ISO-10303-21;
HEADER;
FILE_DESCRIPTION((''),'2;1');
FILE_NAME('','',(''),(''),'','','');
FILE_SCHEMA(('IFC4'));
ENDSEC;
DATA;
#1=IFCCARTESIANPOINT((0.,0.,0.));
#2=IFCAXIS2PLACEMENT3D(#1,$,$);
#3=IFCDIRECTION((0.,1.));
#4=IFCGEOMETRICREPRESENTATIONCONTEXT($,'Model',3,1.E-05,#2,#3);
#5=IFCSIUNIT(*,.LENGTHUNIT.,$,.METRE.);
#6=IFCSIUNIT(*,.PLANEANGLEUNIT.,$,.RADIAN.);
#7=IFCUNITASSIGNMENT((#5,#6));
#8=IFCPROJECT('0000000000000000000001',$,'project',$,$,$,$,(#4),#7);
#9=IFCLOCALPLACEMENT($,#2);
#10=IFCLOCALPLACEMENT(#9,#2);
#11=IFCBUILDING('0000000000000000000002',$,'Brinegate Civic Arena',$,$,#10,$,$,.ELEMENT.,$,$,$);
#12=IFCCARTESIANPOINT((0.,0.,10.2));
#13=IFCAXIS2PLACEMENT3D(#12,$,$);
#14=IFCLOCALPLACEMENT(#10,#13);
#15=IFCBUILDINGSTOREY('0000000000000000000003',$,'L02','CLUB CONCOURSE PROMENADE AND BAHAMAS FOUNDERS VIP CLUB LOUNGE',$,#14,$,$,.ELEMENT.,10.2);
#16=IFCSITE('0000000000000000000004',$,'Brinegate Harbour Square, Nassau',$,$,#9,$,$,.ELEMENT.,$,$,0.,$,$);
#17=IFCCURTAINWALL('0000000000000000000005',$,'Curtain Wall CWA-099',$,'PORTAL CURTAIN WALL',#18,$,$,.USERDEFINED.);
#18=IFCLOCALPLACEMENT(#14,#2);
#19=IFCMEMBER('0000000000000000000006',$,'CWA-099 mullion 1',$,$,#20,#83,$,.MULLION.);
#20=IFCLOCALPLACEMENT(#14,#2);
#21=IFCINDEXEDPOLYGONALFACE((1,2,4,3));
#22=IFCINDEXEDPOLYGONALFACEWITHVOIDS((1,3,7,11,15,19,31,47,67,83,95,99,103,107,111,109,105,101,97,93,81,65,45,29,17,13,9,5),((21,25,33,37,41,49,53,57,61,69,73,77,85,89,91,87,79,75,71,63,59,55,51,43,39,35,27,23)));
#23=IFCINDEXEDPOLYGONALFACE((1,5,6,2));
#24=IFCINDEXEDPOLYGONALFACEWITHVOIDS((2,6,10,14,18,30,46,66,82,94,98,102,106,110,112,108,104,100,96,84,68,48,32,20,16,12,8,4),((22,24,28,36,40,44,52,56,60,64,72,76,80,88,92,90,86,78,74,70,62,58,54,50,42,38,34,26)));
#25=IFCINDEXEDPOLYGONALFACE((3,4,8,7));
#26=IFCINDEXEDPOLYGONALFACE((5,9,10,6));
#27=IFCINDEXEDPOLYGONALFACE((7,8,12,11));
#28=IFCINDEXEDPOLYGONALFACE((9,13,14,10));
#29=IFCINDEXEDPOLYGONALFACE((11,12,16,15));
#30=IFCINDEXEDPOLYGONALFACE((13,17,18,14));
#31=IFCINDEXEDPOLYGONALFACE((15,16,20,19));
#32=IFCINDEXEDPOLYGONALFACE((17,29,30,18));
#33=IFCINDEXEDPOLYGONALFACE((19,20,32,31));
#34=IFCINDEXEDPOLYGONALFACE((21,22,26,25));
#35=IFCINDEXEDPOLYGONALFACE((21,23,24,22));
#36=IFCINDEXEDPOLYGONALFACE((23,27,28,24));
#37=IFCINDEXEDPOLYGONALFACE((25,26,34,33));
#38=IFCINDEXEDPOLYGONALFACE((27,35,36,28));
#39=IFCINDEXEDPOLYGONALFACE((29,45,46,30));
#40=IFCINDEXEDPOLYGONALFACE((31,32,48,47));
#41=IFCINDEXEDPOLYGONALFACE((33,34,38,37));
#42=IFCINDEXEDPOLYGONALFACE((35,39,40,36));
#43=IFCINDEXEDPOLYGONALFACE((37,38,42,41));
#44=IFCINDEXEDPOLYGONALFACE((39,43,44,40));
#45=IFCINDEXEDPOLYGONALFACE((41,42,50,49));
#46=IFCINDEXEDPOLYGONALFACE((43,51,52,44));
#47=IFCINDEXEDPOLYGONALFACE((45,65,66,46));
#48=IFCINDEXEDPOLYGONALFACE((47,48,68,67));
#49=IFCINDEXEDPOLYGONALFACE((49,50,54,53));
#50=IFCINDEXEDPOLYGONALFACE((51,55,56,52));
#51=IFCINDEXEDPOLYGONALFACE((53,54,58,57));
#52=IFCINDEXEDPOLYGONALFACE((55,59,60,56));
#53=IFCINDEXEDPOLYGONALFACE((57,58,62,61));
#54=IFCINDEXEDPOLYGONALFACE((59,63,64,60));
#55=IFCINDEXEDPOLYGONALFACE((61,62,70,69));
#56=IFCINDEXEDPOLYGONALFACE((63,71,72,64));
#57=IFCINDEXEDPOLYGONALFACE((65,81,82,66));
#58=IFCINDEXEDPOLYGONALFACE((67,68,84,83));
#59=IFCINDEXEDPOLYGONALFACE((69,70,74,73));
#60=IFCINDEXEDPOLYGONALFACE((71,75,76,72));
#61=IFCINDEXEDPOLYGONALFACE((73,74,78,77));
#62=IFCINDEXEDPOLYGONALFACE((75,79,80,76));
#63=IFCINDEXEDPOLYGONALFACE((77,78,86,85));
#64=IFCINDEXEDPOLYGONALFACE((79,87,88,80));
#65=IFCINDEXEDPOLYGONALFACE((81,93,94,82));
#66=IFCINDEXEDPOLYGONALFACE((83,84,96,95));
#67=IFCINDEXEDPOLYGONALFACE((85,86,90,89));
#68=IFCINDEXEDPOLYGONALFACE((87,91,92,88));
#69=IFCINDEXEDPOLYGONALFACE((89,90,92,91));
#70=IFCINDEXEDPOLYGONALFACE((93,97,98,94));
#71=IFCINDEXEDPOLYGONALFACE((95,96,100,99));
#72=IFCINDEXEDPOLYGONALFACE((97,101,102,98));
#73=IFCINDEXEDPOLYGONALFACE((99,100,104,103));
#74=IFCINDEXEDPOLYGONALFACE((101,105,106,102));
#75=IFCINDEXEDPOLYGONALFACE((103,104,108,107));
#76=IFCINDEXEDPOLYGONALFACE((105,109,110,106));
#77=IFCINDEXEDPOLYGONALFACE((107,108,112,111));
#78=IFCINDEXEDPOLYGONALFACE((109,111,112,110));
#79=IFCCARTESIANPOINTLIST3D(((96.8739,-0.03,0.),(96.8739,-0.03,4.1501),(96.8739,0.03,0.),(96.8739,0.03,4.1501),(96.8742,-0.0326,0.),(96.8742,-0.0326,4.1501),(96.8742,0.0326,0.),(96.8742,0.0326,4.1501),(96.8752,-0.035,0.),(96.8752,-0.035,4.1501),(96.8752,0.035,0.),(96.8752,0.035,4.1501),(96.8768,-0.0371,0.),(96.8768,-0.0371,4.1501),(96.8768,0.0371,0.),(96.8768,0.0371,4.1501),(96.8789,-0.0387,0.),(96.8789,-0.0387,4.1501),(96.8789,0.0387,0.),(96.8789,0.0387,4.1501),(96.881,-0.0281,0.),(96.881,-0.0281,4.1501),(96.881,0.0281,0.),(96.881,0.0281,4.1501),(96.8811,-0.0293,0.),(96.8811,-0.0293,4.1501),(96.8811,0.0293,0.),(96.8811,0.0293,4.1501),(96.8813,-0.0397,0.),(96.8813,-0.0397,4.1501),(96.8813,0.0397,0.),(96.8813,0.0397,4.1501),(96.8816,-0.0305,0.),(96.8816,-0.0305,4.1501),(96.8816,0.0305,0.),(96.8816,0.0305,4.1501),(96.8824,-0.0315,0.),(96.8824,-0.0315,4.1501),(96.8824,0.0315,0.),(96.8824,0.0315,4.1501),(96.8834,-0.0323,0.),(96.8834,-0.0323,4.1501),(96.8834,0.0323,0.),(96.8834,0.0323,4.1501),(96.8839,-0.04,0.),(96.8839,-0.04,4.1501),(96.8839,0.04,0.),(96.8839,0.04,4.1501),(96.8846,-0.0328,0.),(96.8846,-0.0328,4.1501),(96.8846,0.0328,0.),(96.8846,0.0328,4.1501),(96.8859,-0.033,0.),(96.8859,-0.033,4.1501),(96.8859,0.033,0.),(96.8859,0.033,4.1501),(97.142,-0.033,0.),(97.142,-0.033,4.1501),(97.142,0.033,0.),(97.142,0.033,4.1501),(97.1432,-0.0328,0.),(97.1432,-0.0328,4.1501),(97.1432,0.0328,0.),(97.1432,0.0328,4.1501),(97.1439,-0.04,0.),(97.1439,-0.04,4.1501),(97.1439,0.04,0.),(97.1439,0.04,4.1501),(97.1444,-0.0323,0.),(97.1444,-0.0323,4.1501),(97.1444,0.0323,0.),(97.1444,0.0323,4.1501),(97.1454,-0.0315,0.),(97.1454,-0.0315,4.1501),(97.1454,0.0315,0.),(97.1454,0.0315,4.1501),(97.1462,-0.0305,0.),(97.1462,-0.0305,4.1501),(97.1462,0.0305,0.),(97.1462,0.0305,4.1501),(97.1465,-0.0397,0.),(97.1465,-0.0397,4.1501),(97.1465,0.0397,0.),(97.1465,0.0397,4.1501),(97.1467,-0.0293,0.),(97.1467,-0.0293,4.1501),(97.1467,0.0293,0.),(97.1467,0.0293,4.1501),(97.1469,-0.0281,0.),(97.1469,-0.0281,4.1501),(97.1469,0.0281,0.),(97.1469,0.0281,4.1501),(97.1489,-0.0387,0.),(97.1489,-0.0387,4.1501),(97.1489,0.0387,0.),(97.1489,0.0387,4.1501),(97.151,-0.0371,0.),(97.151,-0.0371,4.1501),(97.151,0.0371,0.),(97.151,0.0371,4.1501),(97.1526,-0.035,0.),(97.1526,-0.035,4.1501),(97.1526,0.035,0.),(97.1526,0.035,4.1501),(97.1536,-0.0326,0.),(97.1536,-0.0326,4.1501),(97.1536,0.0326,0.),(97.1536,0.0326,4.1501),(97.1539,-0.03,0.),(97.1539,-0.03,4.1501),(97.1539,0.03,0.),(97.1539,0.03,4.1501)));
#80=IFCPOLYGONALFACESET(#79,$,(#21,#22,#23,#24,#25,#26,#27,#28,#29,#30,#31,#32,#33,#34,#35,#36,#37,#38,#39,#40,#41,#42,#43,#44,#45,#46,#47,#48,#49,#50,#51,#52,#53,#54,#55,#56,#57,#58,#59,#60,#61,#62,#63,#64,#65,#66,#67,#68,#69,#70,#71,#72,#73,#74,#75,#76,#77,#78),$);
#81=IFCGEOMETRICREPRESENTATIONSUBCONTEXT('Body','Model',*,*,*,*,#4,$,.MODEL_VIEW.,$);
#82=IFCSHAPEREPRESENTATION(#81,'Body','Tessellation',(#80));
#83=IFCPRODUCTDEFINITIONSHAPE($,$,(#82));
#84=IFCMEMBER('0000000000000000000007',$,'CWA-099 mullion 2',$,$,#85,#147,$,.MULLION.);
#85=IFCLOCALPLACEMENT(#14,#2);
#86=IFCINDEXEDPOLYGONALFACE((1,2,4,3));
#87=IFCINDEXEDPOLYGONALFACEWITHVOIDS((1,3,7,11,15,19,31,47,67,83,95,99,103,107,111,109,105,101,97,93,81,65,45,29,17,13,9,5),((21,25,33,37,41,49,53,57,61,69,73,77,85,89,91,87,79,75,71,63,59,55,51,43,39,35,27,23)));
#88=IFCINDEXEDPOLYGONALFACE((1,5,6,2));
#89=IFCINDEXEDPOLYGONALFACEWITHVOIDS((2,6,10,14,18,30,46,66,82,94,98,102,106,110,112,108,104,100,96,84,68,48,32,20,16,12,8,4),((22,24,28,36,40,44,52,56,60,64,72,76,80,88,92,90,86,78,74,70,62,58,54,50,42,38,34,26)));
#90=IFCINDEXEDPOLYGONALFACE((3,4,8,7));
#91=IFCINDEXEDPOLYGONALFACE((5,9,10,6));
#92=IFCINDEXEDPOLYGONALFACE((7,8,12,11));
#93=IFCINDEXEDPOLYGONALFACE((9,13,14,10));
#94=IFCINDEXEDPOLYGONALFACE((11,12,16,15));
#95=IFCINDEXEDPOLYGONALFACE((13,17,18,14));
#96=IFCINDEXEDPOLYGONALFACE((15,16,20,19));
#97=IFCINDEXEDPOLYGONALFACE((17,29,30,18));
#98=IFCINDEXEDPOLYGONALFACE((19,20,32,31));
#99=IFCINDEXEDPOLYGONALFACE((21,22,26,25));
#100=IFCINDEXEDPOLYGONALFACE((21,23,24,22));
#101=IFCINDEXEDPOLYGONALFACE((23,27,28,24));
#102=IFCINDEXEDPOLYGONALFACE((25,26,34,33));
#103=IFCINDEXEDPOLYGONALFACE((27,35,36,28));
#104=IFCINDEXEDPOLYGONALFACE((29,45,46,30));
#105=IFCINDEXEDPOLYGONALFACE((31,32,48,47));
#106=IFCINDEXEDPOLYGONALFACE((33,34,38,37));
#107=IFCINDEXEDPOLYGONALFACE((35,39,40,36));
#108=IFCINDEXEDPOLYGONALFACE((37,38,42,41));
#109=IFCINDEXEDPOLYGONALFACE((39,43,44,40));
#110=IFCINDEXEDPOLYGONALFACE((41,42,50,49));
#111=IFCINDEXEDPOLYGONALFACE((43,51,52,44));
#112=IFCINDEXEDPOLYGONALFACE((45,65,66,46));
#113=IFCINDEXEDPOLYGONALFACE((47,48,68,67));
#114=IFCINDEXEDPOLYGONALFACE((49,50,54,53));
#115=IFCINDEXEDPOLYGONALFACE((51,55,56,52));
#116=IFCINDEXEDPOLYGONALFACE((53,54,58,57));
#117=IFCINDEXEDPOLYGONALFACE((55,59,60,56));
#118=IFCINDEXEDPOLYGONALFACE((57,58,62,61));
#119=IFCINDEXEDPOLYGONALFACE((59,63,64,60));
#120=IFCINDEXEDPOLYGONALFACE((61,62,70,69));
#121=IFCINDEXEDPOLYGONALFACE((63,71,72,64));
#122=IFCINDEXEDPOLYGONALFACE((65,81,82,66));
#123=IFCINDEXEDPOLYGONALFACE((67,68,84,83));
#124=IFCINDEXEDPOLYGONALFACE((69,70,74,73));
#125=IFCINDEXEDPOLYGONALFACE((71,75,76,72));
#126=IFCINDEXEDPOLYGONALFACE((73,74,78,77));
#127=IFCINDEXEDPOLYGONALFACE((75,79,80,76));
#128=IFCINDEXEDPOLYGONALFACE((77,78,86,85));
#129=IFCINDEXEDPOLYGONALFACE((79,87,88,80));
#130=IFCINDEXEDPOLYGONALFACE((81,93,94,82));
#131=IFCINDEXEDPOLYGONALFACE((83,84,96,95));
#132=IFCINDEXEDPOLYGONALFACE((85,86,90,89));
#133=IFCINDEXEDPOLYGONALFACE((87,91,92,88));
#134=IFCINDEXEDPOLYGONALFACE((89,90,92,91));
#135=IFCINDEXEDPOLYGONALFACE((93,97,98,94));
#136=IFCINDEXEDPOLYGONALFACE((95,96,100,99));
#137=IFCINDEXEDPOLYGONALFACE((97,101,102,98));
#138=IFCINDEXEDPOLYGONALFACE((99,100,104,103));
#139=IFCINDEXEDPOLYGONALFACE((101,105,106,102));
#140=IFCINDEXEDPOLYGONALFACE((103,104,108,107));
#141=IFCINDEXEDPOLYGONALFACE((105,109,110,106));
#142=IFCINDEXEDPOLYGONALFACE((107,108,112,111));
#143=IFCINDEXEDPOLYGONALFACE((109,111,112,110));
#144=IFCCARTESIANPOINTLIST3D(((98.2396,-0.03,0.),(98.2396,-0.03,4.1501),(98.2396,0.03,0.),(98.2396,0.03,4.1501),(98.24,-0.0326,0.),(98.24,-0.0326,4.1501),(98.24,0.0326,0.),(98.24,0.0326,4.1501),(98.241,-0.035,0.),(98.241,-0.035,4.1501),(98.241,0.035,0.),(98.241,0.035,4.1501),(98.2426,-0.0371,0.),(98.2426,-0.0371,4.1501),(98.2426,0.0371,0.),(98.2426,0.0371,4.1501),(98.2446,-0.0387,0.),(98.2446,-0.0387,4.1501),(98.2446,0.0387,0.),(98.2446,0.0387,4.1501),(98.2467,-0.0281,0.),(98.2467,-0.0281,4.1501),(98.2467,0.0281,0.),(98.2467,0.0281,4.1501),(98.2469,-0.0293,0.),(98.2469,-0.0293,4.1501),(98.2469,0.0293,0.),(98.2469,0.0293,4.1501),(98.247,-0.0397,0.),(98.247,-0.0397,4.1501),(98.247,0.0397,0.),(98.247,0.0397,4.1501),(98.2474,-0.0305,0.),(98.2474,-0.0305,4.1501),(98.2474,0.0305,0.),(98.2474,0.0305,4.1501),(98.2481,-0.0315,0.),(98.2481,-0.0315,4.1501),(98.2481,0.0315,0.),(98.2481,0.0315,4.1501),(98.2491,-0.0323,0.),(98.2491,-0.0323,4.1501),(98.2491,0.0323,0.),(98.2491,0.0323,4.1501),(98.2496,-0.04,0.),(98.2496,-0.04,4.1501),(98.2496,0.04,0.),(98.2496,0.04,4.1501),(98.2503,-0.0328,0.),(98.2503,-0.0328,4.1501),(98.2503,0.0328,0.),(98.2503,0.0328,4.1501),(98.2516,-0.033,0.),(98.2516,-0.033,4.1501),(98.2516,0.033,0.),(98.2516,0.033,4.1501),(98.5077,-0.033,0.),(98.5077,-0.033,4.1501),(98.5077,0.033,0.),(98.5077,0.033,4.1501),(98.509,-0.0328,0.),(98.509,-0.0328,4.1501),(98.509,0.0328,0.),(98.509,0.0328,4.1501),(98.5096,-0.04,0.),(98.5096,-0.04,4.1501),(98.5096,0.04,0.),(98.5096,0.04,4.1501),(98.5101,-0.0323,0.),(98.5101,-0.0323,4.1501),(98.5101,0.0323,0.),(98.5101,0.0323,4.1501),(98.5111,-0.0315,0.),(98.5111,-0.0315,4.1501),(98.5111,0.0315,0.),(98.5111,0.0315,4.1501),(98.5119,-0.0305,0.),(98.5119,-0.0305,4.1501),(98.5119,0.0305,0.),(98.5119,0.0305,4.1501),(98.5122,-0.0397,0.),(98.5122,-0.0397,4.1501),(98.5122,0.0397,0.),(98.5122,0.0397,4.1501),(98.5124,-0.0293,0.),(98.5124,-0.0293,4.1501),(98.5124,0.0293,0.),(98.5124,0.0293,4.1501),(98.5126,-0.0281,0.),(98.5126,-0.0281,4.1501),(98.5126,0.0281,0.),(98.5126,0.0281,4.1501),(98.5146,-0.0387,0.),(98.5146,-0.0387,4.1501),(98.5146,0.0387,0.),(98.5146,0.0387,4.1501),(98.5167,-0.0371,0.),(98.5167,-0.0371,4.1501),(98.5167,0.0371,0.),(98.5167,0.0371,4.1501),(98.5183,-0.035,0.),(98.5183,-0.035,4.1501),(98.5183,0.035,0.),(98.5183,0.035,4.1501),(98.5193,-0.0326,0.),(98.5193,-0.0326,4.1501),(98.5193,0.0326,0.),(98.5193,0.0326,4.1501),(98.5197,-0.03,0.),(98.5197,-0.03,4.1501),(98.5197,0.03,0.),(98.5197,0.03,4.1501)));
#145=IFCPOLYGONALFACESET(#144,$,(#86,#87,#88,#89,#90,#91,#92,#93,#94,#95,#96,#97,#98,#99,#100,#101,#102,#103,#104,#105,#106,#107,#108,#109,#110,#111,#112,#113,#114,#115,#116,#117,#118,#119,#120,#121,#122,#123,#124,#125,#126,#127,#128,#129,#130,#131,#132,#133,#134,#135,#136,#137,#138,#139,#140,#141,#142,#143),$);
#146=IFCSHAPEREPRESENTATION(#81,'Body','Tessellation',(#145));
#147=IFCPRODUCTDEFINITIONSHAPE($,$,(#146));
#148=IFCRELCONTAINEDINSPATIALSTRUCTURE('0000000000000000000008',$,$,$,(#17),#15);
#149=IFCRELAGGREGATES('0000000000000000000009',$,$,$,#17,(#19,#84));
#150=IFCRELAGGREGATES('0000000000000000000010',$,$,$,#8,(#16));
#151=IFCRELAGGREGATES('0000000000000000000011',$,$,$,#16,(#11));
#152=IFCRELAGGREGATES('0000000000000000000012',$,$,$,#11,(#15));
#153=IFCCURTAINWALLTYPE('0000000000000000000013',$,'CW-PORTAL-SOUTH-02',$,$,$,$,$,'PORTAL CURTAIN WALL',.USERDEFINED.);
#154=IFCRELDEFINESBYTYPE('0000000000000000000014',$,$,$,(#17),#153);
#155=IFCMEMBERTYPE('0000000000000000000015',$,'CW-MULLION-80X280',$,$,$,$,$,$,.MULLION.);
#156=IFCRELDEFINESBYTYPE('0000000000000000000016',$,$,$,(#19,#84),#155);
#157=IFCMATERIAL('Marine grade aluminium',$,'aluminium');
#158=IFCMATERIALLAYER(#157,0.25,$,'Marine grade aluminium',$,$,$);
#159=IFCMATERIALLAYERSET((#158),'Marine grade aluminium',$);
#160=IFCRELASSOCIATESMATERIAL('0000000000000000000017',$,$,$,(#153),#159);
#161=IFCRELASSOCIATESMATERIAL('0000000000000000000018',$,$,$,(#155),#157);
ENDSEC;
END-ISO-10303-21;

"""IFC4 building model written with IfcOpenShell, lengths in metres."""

from ifc_helpers import new_model, si_unit, direction, frame, origin, origin_2d, place, context, subcontext, project, spatial, hollow_rectangle, extrude, material, layer, layer_set, material_profile, profile_set, type_object, element, aggregate, save


model = new_model("IFC4")

# Units and contexts
model_context = context("Model", 3, precision=1e-05, world=origin(), true_north=direction((0.0, 1.0)))
body_context = subcontext(model_context, "Body", "Model", "MODEL_VIEW")
ifc_project = project(units=[si_unit("LENGTHUNIT", "METRE"), si_unit("PLANEANGLEUNIT", "RADIAN")], contexts=[model_context])

# Site, building, storey
site_placement = place(None, origin())
site = spatial("IfcSite", under=ifc_project, at=site_placement, Name="Brinegate Harbour Square, Nassau", CompositionType="ELEMENT", RefElevation=0.0)
building_placement = place(site_placement, origin())
building = spatial("IfcBuilding", under=site, at=building_placement, Name="Brinegate Civic Arena", CompositionType="ELEMENT")
storey_placement = place(building_placement, frame((0.0, 0.0, 10.2)))
storey = spatial("IfcBuildingStorey", under=building, at=storey_placement, Name="L02", Description="CLUB CONCOURSE PROMENADE AND BAHAMAS FOUNDERS VIP CLUB LOUNGE", CompositionType="ELEMENT", Elevation=10.2)

# Shared definitions
ifc_material_1 = material(Name="Marine grade aluminium", Category="aluminium")
ifc_layer_1 = layer(ifc_material_1, 0.25, Name="Marine grade aluminium")
ifc_layer_set_1 = layer_set([ifc_layer_1], Name="Marine grade aluminium")
curtain_wall_type = type_object("IfcCurtainWallType", Name="CW-PORTAL-SOUTH-02", ElementType="PORTAL CURTAIN WALL", PredefinedType="USERDEFINED", material=ifc_layer_set_1)

# Curtain wall, members
curtain_wall_1_placement = place(storey_placement, origin())
curtain_wall_1 = element("IfcCurtainWall", 1, at=curtain_wall_1_placement, inside=storey, type_object=curtain_wall_type, Name="Curtain Wall CWA-099", ObjectType="PORTAL CURTAIN WALL", PredefinedType="USERDEFINED")
ifc_material_profile_1 = material_profile(ifc_material_1, hollow_rectangle(XDim=0.0801, YDim=0.28, WallThickness=0.0071, InnerFilletRadius=0.0049, OuterFilletRadius=0.01, at=origin_2d()), Name="MUL80X280")
ifc_profile_set_1 = profile_set([ifc_material_profile_1], Name="Marine grade aluminium")
member_type_1 = type_object("IfcMemberType", Name="CW-MULLION-80X280", PredefinedType="MULLION", material=ifc_profile_set_1)
member_1_placement = place(storey_placement, frame((97.0139, 0.0, 0.0), z_axis=(0.0, 0.0, 1.0), x_axis=(0.0, 1.0, 0.0)))
member_1 = element("IfcMember", 2, at=member_1_placement, type_object=member_type_1, Name="CWA-099 mullion 1", PredefinedType="MULLION", context=body_context, shape_type="SweptSolid", body=[
    extrude(hollow_rectangle(XDim=0.0801, YDim=0.28, WallThickness=0.0071, InnerFilletRadius=0.0049, OuterFilletRadius=0.01, at=origin_2d()), origin(), (0.0, 0.0, 1.0), 4.1501),
])
member_2_placement = place(storey_placement, frame((98.3796, 0.0, 0.0), z_axis=(0.0, 0.0, 1.0), x_axis=(0.0, 1.0, 0.0)))
member_2 = element("IfcMember", 3, at=member_2_placement, type_object=member_type_1, Name="CWA-099 mullion 2", PredefinedType="MULLION", context=body_context, shape_type="SweptSolid", body=[
    extrude(hollow_rectangle(XDim=0.0801, YDim=0.28, WallThickness=0.0071, InnerFilletRadius=0.0049, OuterFilletRadius=0.01, at=origin_2d()), origin(), (0.0, 0.0, 1.0), 4.1501),
])

aggregate(curtain_wall_1, [member_1, member_2])

save(model, "model.ifc")
